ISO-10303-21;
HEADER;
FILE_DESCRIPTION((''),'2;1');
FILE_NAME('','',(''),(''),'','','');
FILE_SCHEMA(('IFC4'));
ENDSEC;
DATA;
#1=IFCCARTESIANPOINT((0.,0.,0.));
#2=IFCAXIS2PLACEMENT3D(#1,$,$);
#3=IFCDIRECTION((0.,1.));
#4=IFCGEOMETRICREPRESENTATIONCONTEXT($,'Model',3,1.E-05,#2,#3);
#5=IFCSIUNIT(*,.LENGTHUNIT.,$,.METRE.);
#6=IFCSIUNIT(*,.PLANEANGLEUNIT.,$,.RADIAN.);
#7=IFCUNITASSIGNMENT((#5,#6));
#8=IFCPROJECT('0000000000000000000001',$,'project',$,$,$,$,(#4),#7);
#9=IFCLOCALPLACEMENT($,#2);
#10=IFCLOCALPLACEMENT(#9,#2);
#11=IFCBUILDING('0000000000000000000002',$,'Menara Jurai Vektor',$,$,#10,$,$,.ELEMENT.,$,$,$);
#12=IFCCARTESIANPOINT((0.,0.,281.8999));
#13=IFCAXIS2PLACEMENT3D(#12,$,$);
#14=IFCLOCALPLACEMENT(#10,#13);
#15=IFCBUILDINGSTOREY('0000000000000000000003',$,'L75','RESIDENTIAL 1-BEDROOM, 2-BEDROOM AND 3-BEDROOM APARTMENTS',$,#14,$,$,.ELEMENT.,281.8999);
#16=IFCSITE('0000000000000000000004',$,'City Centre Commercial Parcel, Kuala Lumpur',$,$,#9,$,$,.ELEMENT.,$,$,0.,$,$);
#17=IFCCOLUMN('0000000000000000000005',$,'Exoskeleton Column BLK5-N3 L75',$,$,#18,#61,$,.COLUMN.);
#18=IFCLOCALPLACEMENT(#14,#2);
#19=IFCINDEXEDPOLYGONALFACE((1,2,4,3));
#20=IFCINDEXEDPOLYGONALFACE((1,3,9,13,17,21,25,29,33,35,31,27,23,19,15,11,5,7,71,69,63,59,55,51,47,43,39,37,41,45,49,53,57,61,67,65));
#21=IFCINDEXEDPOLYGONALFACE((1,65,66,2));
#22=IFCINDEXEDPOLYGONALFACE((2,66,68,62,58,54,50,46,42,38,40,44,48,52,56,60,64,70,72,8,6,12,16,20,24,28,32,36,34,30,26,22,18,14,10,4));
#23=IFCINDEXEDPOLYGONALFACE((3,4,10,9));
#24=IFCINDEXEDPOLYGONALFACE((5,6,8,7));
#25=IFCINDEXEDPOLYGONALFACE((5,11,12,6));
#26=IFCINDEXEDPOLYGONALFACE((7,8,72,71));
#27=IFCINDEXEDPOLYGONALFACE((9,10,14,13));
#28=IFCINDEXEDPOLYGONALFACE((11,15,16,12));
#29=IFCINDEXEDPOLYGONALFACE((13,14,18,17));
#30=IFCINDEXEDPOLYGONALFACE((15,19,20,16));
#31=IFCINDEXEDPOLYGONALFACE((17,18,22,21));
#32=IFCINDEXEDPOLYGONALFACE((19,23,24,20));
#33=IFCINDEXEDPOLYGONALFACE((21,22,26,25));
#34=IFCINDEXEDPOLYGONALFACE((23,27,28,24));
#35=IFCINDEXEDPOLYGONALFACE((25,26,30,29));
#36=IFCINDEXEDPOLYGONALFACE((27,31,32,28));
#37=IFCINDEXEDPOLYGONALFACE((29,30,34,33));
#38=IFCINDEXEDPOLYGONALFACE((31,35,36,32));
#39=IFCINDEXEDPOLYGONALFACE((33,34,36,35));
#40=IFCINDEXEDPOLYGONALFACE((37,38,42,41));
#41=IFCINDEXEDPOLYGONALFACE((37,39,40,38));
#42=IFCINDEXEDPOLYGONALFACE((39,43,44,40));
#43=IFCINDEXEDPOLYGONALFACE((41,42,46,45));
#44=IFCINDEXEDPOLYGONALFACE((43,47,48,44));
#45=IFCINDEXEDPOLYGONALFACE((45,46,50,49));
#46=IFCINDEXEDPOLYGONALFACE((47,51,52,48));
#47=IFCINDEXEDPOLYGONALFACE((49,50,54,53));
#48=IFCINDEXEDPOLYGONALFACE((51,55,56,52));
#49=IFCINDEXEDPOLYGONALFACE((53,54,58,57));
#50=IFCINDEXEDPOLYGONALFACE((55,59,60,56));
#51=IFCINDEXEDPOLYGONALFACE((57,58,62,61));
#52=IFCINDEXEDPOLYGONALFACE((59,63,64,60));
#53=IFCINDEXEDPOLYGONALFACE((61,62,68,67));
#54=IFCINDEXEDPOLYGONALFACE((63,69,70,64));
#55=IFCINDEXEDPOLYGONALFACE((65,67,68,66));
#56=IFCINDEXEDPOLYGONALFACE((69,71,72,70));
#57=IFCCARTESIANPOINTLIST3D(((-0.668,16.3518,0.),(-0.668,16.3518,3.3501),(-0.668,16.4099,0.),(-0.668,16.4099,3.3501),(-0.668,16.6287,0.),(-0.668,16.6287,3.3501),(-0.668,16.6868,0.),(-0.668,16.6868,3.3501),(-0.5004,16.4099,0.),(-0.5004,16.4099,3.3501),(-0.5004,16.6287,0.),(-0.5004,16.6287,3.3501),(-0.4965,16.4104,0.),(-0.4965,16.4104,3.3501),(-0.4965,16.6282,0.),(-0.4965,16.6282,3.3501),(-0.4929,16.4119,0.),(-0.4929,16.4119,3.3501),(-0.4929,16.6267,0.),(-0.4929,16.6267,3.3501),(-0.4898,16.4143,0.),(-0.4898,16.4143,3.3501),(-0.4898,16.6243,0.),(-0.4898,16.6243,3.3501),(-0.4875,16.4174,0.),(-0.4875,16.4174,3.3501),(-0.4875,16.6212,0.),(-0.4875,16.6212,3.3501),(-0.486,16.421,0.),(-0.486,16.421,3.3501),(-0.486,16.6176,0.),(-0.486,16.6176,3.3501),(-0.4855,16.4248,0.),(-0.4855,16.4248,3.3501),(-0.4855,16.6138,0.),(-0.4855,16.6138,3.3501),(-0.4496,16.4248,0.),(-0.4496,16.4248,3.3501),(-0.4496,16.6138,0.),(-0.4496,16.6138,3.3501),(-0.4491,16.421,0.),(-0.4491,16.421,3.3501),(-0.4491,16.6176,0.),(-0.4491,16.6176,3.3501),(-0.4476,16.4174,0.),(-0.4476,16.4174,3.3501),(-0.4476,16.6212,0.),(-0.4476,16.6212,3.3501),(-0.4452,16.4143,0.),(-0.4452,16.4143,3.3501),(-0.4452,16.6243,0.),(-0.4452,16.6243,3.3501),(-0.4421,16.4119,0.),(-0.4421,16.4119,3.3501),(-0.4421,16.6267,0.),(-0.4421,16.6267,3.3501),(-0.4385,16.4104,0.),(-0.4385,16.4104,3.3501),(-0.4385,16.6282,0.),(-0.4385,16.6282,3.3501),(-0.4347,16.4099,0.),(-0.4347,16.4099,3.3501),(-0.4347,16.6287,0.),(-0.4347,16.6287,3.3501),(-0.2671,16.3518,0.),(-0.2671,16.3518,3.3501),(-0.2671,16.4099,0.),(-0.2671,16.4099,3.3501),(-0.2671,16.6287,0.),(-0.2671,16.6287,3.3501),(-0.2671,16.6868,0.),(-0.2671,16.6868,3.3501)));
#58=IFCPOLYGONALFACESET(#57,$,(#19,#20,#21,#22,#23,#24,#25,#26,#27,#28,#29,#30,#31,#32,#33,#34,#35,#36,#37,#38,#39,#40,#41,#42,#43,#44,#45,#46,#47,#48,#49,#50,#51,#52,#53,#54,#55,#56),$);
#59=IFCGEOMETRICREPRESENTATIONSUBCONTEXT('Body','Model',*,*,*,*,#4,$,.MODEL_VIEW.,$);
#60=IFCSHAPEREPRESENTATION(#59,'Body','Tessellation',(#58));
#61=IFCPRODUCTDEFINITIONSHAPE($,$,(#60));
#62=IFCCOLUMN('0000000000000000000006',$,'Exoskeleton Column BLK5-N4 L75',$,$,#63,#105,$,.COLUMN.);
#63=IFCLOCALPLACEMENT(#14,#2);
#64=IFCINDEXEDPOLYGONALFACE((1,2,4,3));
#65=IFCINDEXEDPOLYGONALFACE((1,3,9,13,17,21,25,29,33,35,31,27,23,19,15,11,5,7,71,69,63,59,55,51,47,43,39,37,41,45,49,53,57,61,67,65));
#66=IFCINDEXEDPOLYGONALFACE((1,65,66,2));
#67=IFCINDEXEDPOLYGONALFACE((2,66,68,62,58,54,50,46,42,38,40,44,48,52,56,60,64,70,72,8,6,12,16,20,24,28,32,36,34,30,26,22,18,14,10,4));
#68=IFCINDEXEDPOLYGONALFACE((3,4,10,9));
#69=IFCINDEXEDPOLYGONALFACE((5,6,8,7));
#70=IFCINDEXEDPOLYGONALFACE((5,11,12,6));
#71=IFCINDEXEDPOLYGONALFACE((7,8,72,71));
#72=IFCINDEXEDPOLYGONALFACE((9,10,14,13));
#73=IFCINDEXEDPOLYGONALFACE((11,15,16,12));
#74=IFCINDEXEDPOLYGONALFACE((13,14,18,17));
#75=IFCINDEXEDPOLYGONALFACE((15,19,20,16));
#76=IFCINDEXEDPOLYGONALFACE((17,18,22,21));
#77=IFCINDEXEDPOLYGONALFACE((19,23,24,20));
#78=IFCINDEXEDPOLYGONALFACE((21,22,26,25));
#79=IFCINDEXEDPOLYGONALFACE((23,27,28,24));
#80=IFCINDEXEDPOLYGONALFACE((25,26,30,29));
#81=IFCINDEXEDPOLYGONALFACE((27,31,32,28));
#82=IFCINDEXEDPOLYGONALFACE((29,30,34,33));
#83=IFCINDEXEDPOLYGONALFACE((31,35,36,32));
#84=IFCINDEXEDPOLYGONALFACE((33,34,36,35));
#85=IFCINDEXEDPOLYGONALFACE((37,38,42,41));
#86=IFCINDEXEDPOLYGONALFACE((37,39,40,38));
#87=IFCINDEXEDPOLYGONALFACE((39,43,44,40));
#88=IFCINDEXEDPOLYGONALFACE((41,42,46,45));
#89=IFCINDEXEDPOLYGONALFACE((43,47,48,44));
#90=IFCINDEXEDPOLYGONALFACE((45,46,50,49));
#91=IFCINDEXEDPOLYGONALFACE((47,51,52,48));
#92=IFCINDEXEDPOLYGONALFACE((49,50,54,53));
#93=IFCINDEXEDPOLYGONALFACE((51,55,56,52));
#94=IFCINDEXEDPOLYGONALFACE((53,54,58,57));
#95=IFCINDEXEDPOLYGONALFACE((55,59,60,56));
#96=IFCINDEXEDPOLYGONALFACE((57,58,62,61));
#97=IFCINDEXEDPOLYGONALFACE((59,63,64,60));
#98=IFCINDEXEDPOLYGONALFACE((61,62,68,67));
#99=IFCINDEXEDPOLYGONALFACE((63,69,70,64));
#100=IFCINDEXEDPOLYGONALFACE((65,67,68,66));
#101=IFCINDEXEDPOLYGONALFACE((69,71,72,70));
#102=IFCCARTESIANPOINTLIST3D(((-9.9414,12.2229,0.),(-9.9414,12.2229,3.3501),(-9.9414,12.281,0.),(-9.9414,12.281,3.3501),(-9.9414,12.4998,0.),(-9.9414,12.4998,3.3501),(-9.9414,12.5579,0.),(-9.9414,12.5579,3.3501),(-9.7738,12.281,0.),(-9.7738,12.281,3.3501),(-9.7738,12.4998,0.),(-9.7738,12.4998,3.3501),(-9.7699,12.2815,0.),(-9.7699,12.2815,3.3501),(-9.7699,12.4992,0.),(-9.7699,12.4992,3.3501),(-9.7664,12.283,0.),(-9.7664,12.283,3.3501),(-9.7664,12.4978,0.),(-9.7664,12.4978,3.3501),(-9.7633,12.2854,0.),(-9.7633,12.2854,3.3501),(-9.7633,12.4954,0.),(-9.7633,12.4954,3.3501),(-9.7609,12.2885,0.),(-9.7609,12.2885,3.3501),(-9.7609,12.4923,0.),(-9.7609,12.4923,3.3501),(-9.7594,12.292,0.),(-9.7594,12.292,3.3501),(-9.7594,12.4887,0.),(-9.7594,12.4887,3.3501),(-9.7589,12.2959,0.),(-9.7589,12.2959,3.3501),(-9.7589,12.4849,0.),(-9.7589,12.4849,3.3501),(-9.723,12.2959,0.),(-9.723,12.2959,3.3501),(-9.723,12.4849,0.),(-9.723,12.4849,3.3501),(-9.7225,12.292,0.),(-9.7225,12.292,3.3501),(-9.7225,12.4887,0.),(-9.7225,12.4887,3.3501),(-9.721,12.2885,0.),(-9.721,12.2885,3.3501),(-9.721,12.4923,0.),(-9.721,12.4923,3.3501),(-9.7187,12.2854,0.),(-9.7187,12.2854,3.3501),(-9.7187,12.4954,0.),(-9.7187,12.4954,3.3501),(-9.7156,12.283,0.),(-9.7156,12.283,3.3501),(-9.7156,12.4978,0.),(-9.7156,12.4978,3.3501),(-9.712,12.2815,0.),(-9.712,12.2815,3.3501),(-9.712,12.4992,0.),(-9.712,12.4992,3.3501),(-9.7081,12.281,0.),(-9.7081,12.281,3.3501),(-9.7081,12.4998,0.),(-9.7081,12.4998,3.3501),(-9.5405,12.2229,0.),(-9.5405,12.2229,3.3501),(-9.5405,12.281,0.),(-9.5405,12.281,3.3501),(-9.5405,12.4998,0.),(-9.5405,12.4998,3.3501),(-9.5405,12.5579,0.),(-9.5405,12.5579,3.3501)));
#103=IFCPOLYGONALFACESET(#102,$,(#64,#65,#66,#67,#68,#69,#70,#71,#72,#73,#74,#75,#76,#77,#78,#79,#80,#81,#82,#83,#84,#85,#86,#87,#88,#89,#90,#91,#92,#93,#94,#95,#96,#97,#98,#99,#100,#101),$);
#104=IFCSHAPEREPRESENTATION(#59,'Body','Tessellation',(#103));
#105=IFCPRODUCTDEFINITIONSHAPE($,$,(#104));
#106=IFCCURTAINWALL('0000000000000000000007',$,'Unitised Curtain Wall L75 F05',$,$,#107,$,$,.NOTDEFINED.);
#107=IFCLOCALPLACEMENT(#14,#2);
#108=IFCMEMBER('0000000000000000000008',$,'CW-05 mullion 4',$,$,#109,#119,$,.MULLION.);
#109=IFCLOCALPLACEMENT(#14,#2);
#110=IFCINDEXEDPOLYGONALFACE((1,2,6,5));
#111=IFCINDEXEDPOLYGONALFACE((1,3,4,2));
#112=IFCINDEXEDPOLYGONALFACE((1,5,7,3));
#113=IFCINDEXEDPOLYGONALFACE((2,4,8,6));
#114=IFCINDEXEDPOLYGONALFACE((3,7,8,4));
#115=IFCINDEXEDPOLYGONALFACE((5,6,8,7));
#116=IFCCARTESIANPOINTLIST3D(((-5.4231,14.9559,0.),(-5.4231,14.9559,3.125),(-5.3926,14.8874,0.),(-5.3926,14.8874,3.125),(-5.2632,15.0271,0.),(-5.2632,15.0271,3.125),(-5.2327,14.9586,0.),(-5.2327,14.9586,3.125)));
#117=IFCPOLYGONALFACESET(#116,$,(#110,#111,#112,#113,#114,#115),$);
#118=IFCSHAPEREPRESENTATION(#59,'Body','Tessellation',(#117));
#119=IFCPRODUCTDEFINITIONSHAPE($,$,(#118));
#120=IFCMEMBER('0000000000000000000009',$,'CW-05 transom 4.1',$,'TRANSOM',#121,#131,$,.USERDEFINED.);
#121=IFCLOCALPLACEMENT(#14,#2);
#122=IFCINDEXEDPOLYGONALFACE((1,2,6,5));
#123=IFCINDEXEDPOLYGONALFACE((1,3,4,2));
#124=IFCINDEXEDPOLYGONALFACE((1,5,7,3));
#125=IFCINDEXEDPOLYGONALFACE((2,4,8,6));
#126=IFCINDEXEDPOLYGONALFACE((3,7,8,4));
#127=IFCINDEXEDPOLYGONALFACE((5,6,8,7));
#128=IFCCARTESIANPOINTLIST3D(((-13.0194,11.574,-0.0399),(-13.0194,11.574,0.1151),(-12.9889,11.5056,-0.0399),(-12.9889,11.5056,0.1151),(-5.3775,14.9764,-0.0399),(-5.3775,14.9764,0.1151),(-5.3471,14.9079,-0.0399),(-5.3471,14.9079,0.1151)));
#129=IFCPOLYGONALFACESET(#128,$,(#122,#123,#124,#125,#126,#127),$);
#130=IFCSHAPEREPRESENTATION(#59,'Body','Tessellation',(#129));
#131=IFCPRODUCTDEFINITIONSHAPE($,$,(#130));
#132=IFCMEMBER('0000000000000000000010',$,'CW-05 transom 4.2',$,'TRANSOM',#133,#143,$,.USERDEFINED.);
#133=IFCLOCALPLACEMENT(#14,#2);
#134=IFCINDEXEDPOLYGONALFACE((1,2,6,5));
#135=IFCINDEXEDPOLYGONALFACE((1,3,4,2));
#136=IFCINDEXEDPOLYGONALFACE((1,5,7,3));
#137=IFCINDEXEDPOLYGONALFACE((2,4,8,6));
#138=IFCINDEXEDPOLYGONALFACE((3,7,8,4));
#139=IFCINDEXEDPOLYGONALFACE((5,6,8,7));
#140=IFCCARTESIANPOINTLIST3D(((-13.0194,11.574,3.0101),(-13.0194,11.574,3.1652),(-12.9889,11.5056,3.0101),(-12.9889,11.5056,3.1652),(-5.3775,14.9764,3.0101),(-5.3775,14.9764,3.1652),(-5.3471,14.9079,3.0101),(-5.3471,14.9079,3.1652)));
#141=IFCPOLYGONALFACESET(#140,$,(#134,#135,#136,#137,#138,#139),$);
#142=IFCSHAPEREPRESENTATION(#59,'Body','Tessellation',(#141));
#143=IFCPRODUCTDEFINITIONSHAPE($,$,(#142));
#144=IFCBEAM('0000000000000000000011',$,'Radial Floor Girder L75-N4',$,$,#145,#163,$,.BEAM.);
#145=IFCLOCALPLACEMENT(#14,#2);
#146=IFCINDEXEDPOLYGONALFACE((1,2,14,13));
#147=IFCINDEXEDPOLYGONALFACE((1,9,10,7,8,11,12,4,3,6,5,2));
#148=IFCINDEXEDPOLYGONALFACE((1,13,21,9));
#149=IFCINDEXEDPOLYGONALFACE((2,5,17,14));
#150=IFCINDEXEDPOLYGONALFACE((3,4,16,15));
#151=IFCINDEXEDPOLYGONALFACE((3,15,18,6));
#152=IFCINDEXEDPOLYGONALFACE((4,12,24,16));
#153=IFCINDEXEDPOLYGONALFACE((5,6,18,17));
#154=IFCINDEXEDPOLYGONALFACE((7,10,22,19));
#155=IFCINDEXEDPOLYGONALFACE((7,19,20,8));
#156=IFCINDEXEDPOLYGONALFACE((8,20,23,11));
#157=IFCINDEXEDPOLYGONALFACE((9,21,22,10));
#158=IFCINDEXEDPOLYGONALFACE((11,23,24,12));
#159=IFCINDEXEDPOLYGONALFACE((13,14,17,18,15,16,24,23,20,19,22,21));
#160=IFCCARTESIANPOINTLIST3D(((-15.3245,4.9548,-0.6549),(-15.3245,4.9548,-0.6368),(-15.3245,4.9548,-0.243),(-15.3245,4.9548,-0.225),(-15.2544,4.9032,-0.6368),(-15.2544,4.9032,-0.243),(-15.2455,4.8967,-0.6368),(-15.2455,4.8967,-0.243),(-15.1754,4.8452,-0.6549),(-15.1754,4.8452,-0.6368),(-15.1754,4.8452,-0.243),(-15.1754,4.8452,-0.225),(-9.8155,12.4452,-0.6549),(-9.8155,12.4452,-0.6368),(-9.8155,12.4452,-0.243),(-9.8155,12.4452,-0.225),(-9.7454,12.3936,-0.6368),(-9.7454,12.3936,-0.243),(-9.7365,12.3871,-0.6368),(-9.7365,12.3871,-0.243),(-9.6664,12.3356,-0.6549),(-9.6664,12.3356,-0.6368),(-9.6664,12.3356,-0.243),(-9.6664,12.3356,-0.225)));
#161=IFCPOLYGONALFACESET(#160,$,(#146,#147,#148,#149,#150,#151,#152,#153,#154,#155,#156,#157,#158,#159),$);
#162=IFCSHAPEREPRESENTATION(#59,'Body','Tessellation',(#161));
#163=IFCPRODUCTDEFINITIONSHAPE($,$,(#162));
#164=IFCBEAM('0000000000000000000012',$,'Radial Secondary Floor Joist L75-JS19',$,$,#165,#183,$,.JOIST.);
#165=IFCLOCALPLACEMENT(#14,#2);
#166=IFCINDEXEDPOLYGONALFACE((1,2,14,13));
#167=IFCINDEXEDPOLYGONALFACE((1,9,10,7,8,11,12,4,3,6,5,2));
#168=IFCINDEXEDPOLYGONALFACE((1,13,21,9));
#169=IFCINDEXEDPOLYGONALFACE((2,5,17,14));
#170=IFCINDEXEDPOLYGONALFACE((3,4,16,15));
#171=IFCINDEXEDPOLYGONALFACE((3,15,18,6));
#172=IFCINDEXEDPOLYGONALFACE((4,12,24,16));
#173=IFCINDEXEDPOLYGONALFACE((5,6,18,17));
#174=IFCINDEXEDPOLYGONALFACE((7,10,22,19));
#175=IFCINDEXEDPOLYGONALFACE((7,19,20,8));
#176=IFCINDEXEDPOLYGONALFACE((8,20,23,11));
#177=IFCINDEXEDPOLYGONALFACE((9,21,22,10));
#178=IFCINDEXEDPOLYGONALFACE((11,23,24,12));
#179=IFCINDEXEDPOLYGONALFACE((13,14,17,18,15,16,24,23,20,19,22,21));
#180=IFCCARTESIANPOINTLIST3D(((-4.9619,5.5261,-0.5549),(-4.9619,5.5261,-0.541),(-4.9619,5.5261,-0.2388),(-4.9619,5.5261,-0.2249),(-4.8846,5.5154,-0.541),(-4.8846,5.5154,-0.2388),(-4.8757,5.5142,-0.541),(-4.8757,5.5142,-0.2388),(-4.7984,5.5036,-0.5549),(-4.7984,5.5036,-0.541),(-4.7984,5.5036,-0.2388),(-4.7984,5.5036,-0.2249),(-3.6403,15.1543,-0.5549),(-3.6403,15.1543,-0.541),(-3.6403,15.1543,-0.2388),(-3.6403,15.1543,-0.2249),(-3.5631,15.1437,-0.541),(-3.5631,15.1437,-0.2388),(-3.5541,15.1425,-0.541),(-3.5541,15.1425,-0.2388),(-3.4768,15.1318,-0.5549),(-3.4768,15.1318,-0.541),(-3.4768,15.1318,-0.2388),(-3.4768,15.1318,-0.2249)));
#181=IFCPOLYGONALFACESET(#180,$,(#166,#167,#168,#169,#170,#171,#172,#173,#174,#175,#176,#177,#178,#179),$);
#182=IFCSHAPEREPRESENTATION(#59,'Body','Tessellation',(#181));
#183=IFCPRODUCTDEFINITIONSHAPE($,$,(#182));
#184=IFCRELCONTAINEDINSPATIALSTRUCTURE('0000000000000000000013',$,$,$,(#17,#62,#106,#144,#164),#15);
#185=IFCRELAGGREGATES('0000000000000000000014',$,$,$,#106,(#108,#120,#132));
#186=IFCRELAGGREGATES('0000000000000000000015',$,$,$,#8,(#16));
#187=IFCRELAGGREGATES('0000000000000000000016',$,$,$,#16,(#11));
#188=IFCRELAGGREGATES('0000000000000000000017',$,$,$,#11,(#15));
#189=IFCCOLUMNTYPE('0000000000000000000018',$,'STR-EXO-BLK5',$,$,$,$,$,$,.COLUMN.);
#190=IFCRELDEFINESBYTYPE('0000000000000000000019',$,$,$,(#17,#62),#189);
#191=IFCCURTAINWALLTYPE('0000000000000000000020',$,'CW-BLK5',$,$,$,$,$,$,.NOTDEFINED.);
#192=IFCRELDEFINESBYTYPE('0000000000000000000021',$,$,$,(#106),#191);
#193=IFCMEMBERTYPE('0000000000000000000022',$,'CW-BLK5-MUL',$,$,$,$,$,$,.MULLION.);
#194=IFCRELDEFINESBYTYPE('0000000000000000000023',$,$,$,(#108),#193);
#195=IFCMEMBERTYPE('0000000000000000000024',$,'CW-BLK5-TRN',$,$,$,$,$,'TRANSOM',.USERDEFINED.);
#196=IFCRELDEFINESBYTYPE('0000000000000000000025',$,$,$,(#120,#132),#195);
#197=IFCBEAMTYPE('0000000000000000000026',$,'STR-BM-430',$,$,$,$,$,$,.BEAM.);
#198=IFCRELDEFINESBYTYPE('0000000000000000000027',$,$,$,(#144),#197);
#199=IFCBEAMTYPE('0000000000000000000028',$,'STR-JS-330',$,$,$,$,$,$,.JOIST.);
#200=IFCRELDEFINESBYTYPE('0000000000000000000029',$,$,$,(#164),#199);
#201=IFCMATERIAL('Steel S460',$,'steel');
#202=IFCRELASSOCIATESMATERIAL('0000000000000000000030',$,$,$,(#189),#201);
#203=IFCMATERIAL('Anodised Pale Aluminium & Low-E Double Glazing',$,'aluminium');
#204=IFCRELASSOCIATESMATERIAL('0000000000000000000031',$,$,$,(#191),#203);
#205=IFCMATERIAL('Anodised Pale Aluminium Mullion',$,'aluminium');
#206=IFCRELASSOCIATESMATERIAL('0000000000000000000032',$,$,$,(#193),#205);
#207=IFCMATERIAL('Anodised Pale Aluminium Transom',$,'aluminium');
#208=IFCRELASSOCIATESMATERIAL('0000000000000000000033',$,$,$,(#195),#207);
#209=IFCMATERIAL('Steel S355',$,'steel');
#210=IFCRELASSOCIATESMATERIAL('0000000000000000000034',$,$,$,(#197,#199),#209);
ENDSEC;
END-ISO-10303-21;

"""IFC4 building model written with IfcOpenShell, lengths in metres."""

from ifc_helpers import new_model, si_unit, direction, frame, origin, origin_2d, place, context, subcontext, project, spatial, rectangle, i_section, extrude, material, material_profile, profile_set, type_object, element, aggregate, save


model = new_model("IFC4")

# Units and contexts
model_context = context("Model", 3, precision=1e-05, world=origin(), true_north=direction((0.0, 1.0)))
body_context = subcontext(model_context, "Body", "Model", "MODEL_VIEW")
ifc_project = project(units=[si_unit("LENGTHUNIT", "METRE"), si_unit("PLANEANGLEUNIT", "RADIAN")], contexts=[model_context])

# Site, building, storey
site_placement = place(None, origin())
site = spatial("IfcSite", under=ifc_project, at=site_placement, Name="City Centre Commercial Parcel, Kuala Lumpur", CompositionType="ELEMENT", RefElevation=0.0)
building_placement = place(site_placement, origin())
building = spatial("IfcBuilding", under=site, at=building_placement, Name="Menara Jurai Vektor", CompositionType="ELEMENT")
storey_placement = place(building_placement, frame((0.0, 0.0, 281.8999)))
storey = spatial("IfcBuildingStorey", under=building, at=storey_placement, Name="L75", Description="RESIDENTIAL 1-BEDROOM, 2-BEDROOM AND 3-BEDROOM APARTMENTS", CompositionType="ELEMENT", Elevation=281.8999)

# Columns
ifc_material_1 = material(Name="Steel S460", Category="steel")
ifc_material_profile_1 = material_profile(ifc_material_1, i_section(OverallWidth=0.4009, OverallDepth=0.335, WebThickness=0.0359, FlangeThickness=0.0581, FilletRadius=0.0149, at=origin_2d()), Name="HD 400x463")
ifc_profile_set_1 = profile_set([ifc_material_profile_1], Name="Steel S460")
column_type = type_object("IfcColumnType", Name="STR-EXO-BLK5", PredefinedType="COLUMN", material=ifc_profile_set_1)
for number, where, z_axis, x_axis, name in (
    (1, (-0.4675, 16.5193, 0.0), (0.0, 0.0, 1.0), (1.0, 0.0, 0.0), "Exoskeleton Column BLK5-N3 L75"),
    (2, (-9.741, 12.3904, 0.0), (0.0, 0.0, 1.0), (1.0, 0.0, 0.0), "Exoskeleton Column BLK5-N4 L75"),
):
    element("IfcColumn", number, at=place(storey_placement, frame(where, z_axis=z_axis, x_axis=x_axis)), inside=storey, type_object=column_type, Name=name, PredefinedType="COLUMN", context=body_context, shape_type="SweptSolid", body=[
        extrude(i_section(OverallWidth=0.4009, OverallDepth=0.335, WebThickness=0.0359, FlangeThickness=0.0581, FilletRadius=0.0149, at=origin_2d()), origin(), (0.0, 0.0, 1.0), 3.3501),
    ])

# Curtain wall, members
ifc_material_2 = material(Name="Anodised Pale Aluminium & Low-E Double Glazing", Category="aluminium")
curtain_wall_type = type_object("IfcCurtainWallType", Name="CW-BLK5", PredefinedType="NOTDEFINED", material=ifc_material_2)
curtain_wall_placement = place(storey_placement, origin())
curtain_wall = element("IfcCurtainWall", 3, at=curtain_wall_placement, inside=storey, type_object=curtain_wall_type, Name="Unitised Curtain Wall L75 F05", PredefinedType="NOTDEFINED")
ifc_material_3 = material(Name="Anodised Pale Aluminium Mullion", Category="aluminium")
ifc_material_profile_2 = material_profile(ifc_material_3, rectangle(XDim=0.075, YDim=0.175, at=origin_2d()), Name="ALU MUL 75x175")
ifc_profile_set_2 = profile_set([ifc_material_profile_2], Name="Anodised Pale Aluminium Mullion")
member_type_1 = type_object("IfcMemberType", Name="CW-BLK5-MUL", PredefinedType="MULLION", material=ifc_profile_set_2)
member_1_placement = place(storey_placement, frame((-5.3279, 14.9573, 0.0), z_axis=(0.0, 0.0, 1.0), x_axis=(0.406735, -0.913546, 0.0)))
member_1 = element("IfcMember", 4, at=member_1_placement, type_object=member_type_1, Name="CW-05 mullion 4", PredefinedType="MULLION", context=body_context, shape_type="SweptSolid", body=[
    extrude(rectangle(XDim=0.075, YDim=0.175, at=origin_2d()), origin(), (0.0, 0.0, 1.0), 3.125),
])
ifc_material_4 = material(Name="Anodised Pale Aluminium Transom", Category="aluminium")
ifc_material_profile_3 = material_profile(ifc_material_4, rectangle(XDim=0.075, YDim=0.155, at=origin_2d()), Name="ALU TRN 75x155")
ifc_profile_set_3 = profile_set([ifc_material_profile_3], Name="Anodised Pale Aluminium Transom")
member_type_2 = type_object("IfcMemberType", Name="CW-BLK5-TRN", ElementType="TRANSOM", PredefinedType="USERDEFINED", material=ifc_profile_set_3)
member_2_placement = place(storey_placement, frame((-5.3623, 14.9421, 0.0376), z_axis=(-0.913547, -0.406734, 0.0), x_axis=(0.406734, -0.913547, 0.0)))
member_2 = element("IfcMember", 5, at=member_2_placement, type_object=member_type_2, Name="CW-05 transom 4.1", ObjectType="TRANSOM", PredefinedType="USERDEFINED", context=body_context, shape_type="SweptSolid", body=[
    extrude(rectangle(XDim=0.075, YDim=0.155, at=origin_2d()), origin(), (0.0, 0.0, 1.0), 8.365),
])
member_3_placement = place(storey_placement, frame((-5.3623, 14.9421, 3.0876), z_axis=(-0.913547, -0.406734, 0.0), x_axis=(0.406734, -0.913547, 0.0)))
member_3 = element("IfcMember", 6, at=member_3_placement, type_object=member_type_2, Name="CW-05 transom 4.2", ObjectType="TRANSOM", PredefinedType="USERDEFINED", context=body_context, shape_type="SweptSolid", body=[
    extrude(rectangle(XDim=0.075, YDim=0.155, at=origin_2d()), origin(), (0.0, 0.0, 1.0), 8.365),
])

# Beams
ifc_material_5 = material(Name="Steel S355", Category="steel")
ifc_material_profile_4 = material_profile(ifc_material_5, i_section(OverallWidth=0.1851, OverallDepth=0.4299, WebThickness=0.011, FlangeThickness=0.0181, at=origin_2d()), Name="PG 430x185x76")
ifc_profile_set_4 = profile_set([ifc_material_profile_4], Name="Steel S355")
beam_type_1 = type_object("IfcBeamType", Name="STR-BM-430", PredefinedType="BEAM", material=ifc_profile_set_4)
beam_1_placement = place(storey_placement, frame((-9.741, 12.3904, -0.4399), z_axis=(-0.592483, -0.805583, 0.0), x_axis=(0.805583, -0.592483, 0.0)))
element("IfcBeam", 7, at=beam_1_placement, inside=storey, type_object=beam_type_1, Name="Radial Floor Girder L75-N4", PredefinedType="BEAM", context=body_context, shape_type="SweptSolid", body=[
    extrude(i_section(OverallWidth=0.1851, OverallDepth=0.4299, WebThickness=0.011, FlangeThickness=0.0181, at=origin_2d()), origin(), (0.0, 0.0, 1.0), 9.2981),
])
ifc_material_profile_5 = material_profile(ifc_material_5, i_section(OverallWidth=0.165, OverallDepth=0.3301, WebThickness=0.009, FlangeThickness=0.0139, at=origin_2d()), Name="PG 330x165x46")
ifc_profile_set_5 = profile_set([ifc_material_profile_5], Name="Steel S355")
beam_type_2 = type_object("IfcBeamType", Name="STR-JS-330", PredefinedType="JOIST", material=ifc_profile_set_5)
beam_2_placement = place(storey_placement, frame((-3.5586, 15.1431, -0.3899), z_axis=(-0.135982, -0.990711, 0.0), x_axis=(0.990711, -0.135982, 0.0)))
element("IfcBeam", 8, at=beam_2_placement, inside=storey, type_object=beam_type_2, Name="Radial Secondary Floor Joist L75-JS19", PredefinedType="JOIST", context=body_context, shape_type="SweptSolid", body=[
    extrude(i_section(OverallWidth=0.165, OverallDepth=0.3301, WebThickness=0.009, FlangeThickness=0.0139, at=origin_2d()), origin(), (0.0, 0.0, 1.0), 9.7185),
])

aggregate(curtain_wall, [member_1, member_2, member_3])

save(model, "model.ifc")
